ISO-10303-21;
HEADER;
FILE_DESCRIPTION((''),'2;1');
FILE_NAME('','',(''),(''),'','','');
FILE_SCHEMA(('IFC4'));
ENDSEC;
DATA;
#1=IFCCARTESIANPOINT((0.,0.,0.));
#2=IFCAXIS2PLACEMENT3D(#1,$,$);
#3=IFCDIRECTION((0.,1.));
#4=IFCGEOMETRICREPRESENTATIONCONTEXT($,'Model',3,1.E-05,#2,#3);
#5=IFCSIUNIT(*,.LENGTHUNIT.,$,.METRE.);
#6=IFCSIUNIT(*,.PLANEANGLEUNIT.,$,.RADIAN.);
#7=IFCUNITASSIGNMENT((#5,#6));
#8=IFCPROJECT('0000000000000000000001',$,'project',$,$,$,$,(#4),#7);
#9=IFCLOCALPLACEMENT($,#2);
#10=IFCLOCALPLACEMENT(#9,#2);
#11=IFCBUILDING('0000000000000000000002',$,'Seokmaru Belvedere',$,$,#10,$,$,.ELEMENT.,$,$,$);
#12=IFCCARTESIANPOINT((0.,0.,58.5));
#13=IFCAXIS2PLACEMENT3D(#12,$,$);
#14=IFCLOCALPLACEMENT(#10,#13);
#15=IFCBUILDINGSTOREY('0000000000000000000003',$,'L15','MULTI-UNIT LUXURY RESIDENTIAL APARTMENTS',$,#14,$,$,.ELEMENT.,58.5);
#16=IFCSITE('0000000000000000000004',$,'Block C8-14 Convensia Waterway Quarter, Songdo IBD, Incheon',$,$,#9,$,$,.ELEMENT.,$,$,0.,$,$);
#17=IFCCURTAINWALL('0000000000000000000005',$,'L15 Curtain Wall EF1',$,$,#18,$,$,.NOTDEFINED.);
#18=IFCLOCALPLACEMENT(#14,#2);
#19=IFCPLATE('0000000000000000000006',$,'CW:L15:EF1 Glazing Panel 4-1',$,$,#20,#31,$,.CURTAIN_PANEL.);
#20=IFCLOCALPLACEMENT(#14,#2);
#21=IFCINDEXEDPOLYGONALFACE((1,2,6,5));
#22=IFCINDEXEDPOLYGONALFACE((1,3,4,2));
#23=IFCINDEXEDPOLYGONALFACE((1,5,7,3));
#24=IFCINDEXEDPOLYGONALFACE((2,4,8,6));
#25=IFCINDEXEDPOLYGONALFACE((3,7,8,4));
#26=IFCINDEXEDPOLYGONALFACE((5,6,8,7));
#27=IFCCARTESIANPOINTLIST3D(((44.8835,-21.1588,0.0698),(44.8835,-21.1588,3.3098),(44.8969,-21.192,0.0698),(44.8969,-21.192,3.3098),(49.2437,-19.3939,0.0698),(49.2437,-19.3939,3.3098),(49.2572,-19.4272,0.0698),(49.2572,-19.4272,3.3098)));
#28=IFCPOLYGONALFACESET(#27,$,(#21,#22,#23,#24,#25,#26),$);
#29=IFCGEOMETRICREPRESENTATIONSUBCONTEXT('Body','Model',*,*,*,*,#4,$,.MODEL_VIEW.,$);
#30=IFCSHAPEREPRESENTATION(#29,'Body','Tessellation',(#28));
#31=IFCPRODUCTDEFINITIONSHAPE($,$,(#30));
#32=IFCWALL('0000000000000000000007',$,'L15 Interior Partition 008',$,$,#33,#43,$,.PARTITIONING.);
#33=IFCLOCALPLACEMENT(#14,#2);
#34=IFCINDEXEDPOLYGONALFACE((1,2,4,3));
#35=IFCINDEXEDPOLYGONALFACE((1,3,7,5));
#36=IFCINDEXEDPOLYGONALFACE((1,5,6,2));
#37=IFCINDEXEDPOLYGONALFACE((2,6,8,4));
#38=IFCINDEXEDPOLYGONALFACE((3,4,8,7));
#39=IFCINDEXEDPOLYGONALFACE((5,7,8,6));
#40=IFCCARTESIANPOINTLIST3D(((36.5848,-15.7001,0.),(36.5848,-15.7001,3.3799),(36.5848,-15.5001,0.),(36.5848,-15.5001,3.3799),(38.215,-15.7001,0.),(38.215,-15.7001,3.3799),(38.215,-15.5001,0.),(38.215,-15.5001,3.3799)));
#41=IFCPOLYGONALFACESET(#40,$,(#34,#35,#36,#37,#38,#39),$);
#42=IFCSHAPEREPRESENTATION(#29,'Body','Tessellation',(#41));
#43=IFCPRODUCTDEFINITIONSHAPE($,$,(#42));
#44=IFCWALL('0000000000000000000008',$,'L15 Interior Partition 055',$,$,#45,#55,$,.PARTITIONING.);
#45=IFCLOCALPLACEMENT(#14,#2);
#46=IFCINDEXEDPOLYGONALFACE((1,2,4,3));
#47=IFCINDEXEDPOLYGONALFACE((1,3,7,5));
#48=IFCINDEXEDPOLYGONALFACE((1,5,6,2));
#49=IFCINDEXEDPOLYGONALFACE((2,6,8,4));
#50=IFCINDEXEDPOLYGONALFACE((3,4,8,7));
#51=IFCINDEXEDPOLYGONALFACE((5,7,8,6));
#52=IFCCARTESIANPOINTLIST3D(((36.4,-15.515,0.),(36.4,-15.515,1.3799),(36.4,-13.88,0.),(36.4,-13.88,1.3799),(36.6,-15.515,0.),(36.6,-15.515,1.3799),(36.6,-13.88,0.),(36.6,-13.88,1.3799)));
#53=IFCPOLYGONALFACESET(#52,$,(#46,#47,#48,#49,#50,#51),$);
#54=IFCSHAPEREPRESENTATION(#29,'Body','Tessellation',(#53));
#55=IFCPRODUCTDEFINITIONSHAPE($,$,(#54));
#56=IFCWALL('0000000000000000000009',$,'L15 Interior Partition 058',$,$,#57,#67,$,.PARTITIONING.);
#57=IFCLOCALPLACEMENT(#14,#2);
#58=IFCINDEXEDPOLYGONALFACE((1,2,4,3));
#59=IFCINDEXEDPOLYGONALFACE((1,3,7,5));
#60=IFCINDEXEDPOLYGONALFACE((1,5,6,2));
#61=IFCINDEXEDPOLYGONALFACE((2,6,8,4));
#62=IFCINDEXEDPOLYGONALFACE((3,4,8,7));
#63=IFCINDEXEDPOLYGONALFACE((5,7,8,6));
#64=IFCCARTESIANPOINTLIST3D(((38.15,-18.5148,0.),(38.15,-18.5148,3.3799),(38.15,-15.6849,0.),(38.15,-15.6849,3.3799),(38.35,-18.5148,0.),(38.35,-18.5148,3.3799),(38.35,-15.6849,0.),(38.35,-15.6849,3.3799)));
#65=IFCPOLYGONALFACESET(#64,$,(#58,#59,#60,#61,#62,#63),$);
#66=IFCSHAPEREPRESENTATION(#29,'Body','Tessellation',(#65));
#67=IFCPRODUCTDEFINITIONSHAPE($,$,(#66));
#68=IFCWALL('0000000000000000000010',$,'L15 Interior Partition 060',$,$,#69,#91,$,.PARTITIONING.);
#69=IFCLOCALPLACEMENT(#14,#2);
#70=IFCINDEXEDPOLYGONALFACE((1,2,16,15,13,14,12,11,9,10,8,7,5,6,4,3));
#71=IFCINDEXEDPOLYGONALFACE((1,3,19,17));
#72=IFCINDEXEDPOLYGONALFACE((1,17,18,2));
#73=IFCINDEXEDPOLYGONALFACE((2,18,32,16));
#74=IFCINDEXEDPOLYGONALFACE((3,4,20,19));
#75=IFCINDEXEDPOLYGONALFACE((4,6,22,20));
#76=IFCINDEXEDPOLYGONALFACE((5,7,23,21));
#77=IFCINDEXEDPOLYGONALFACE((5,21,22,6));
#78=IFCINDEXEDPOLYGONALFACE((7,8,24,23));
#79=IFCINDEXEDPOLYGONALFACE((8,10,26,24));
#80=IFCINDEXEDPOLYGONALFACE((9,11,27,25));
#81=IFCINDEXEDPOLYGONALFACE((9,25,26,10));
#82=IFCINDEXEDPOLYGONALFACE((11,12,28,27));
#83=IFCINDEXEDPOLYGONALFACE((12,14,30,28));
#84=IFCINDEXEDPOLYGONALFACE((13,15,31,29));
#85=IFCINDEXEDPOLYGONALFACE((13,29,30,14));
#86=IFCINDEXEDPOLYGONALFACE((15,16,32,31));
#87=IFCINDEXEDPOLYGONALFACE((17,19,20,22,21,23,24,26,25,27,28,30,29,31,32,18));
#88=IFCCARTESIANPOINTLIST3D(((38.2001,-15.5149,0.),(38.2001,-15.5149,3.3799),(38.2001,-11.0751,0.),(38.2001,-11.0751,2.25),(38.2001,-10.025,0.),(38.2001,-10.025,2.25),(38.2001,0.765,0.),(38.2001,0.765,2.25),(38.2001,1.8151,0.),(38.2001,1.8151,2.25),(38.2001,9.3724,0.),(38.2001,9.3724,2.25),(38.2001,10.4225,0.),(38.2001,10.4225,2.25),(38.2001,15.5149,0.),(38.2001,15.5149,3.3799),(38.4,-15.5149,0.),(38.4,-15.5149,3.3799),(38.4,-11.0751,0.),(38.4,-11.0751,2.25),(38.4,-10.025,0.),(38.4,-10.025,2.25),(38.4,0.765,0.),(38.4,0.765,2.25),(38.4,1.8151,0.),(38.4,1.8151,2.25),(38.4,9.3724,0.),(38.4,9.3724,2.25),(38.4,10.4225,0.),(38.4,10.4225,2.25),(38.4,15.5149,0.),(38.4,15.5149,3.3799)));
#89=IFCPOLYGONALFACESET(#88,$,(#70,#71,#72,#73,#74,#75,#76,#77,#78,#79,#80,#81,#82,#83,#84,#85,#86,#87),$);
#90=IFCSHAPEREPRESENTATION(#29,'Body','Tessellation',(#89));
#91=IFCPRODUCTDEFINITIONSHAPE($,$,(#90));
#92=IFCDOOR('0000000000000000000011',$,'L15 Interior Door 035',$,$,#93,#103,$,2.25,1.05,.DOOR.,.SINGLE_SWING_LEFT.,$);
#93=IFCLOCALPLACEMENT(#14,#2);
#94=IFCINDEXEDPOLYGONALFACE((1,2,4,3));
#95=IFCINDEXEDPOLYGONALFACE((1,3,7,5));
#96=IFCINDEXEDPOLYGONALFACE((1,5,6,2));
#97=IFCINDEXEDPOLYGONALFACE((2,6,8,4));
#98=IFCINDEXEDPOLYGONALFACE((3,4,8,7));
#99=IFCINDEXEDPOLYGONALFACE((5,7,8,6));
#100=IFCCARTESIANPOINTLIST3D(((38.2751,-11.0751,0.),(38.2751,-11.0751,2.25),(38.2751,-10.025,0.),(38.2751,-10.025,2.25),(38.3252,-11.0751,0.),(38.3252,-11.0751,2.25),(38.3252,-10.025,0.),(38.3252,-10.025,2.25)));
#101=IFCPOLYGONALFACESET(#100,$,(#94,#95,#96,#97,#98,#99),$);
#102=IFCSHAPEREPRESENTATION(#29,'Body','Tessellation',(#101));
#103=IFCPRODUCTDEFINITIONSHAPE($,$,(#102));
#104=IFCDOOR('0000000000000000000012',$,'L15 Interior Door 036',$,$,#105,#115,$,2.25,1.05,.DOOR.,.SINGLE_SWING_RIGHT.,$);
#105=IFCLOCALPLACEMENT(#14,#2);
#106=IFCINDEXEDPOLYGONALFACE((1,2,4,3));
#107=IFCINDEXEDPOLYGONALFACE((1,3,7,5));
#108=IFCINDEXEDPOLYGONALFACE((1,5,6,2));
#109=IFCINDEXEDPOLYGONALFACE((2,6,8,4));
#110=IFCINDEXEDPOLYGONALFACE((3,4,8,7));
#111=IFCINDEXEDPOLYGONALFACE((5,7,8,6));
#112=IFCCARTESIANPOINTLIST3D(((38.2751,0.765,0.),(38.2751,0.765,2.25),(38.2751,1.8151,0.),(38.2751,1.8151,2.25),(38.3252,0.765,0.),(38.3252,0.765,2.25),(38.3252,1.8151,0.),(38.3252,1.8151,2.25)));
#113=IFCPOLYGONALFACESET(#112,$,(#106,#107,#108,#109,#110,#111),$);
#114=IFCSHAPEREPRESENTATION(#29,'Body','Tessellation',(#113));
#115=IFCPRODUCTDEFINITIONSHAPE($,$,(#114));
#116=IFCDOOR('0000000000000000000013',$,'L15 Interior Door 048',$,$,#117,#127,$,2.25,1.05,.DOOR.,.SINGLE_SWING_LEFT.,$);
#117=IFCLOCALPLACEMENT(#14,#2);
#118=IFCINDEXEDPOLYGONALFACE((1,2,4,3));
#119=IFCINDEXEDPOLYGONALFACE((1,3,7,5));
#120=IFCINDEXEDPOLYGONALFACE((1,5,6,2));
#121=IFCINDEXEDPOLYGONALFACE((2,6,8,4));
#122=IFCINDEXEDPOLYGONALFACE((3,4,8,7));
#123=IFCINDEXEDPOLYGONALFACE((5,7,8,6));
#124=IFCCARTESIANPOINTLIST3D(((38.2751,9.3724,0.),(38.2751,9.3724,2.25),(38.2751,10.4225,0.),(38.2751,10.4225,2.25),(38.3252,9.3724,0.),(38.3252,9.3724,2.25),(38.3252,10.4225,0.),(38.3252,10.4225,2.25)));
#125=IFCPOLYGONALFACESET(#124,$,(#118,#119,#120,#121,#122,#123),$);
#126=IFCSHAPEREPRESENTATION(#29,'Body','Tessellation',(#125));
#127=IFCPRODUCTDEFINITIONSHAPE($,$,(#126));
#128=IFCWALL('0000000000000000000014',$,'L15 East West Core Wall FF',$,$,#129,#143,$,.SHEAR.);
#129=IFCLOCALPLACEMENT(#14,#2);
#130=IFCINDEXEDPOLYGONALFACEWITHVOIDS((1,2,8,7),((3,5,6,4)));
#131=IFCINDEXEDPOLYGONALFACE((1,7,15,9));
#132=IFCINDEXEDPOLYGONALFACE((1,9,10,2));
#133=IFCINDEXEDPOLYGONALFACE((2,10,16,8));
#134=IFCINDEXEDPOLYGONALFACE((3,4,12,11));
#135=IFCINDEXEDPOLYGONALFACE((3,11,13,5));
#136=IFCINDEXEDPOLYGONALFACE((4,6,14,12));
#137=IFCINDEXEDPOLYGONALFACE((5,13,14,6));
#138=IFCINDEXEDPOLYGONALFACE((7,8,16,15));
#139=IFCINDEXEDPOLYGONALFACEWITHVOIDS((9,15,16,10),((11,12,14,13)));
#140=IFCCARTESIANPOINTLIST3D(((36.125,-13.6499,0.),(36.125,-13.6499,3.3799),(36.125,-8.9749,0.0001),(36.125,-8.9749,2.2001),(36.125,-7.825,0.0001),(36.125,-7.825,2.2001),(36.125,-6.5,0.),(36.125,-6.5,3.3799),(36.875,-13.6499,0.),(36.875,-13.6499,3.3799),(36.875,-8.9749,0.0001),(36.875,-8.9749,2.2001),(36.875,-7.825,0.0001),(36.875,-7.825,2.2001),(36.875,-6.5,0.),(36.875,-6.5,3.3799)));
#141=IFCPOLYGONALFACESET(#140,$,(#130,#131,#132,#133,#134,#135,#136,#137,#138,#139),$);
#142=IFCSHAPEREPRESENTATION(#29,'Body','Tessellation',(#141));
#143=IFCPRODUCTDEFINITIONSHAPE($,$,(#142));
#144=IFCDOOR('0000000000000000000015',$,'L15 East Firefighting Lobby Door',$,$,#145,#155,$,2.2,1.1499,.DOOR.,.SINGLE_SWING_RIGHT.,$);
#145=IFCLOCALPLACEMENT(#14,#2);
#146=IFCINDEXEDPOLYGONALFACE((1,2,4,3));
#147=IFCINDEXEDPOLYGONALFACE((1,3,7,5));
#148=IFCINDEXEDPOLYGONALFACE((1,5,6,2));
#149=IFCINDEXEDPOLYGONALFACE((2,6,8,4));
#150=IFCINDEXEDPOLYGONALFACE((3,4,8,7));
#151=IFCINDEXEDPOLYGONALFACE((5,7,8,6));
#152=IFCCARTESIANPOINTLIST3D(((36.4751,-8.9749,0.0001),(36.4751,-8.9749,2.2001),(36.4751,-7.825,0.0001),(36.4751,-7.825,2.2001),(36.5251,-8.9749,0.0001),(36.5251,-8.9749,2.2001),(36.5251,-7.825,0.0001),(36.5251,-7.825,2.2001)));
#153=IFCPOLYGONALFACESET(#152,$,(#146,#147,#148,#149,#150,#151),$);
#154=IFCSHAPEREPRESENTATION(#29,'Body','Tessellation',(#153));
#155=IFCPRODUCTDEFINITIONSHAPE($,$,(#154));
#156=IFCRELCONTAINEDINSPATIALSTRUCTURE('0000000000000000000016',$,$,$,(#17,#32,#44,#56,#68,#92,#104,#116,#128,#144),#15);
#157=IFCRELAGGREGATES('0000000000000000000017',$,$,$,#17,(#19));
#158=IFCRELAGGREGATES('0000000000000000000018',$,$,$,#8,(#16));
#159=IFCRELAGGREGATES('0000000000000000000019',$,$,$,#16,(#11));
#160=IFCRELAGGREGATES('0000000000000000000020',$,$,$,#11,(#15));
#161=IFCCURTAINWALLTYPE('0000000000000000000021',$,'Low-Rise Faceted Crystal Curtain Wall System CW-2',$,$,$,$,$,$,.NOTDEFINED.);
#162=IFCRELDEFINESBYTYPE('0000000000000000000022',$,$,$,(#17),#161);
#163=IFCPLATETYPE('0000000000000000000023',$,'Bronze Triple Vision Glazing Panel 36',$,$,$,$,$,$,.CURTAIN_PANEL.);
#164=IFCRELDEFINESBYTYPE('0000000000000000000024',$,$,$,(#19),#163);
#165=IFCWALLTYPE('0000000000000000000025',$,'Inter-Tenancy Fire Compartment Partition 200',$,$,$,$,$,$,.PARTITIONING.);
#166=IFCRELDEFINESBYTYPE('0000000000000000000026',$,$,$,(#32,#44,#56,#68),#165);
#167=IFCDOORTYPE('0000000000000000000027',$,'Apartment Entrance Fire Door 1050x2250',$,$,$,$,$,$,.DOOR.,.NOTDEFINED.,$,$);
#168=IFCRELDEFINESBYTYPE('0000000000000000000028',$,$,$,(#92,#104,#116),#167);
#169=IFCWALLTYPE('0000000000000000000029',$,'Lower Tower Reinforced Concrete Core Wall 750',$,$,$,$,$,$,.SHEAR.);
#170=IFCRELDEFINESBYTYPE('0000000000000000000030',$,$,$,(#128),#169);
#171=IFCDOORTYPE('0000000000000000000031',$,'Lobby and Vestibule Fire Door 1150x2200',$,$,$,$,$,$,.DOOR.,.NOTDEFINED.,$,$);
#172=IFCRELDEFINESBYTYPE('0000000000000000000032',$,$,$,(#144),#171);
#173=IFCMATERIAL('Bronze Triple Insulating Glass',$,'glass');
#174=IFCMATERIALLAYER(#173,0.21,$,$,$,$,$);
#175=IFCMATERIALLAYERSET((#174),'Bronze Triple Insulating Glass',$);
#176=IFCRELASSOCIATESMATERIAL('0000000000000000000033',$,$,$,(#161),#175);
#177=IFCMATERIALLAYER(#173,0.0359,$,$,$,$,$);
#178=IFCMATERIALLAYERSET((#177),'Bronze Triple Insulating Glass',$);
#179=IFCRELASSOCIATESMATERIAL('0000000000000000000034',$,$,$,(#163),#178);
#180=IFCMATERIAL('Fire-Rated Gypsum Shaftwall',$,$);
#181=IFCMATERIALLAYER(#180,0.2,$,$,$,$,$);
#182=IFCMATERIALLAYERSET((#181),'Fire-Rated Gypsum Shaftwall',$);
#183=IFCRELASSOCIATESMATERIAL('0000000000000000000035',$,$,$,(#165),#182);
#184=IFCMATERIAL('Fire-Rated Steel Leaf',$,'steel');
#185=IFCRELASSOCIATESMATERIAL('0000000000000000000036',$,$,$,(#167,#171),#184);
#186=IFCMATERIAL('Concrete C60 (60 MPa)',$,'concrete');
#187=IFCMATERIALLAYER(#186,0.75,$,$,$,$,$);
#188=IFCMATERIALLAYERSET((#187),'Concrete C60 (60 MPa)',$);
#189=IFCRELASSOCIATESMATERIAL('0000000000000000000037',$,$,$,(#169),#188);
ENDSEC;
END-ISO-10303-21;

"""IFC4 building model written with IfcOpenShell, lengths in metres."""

from ifc_helpers import new_model, si_unit, direction, frame, frame_2d, origin, origin_2d, place, context, subcontext, project, spatial, rectangle, extrude, source, transform, mapped, material, layer, layer_set, type_object, type_shapes, element, fill, aggregate, save


model = new_model("IFC4")

# Units and contexts
model_context = context("Model", 3, precision=1e-05, world=origin(), true_north=direction((0.0, 1.0)))
body_context = subcontext(model_context, "Body", "Model", "MODEL_VIEW")
ifc_project = project(units=[si_unit("LENGTHUNIT", "METRE"), si_unit("PLANEANGLEUNIT", "RADIAN")], contexts=[model_context])

# Site, building, storey
site_placement = place(None, origin())
site = spatial("IfcSite", under=ifc_project, at=site_placement, Name="Block C8-14 Convensia Waterway Quarter, Songdo IBD, Incheon", CompositionType="ELEMENT", RefElevation=0.0)
building_placement = place(site_placement, origin())
building = spatial("IfcBuilding", under=site, at=building_placement, Name="Seokmaru Belvedere", CompositionType="ELEMENT")
storey_placement = place(building_placement, frame((0.0, 0.0, 58.5)))
storey = spatial("IfcBuildingStorey", under=building, at=storey_placement, Name="L15", Description="MULTI-UNIT LUXURY RESIDENTIAL APARTMENTS", CompositionType="ELEMENT", Elevation=58.5)

# Curtain wall, plate
ifc_material_1 = material(Name="Bronze Triple Insulating Glass", Category="glass")
ifc_layer_1 = layer(ifc_material_1, 0.21)
ifc_layer_set_1 = layer_set([ifc_layer_1], Name="Bronze Triple Insulating Glass")
curtain_wall_type = type_object("IfcCurtainWallType", Name="Low-Rise Faceted Crystal Curtain Wall System CW-2", PredefinedType="NOTDEFINED", material=ifc_layer_set_1)
curtain_wall_placement = place(storey_placement, origin())
curtain_wall = element("IfcCurtainWall", 1, at=curtain_wall_placement, inside=storey, type_object=curtain_wall_type, Name="L15 Curtain Wall EF1", PredefinedType="NOTDEFINED")
ifc_layer_2 = layer(ifc_material_1, 0.0359)
ifc_layer_set_2 = layer_set([ifc_layer_2], Name="Bronze Triple Insulating Glass")
plate_type = type_object("IfcPlateType", Name="Bronze Triple Vision Glazing Panel 36", PredefinedType="CURTAIN_PANEL", material=ifc_layer_set_2)
shared_shape_1 = source(origin(), body_context, "Body", "SweptSolid", [
    extrude(rectangle(XDim=4.7039, YDim=0.0359, at=origin_2d()), origin(), (0.0, 0.0, 1.0), 3.24),
])
type_shapes(plate_type, [shared_shape_1])
plate_1_placement = place(storey_placement, frame((47.0703, -20.293, 0.0698), z_axis=(0.0, 0.0, 1.0), x_axis=(0.926947, 0.375192, 0.0)))
plate_1 = element("IfcPlate", 2, at=plate_1_placement, type_object=plate_type, Name="CW:L15:EF1 Glazing Panel 4-1", PredefinedType="CURTAIN_PANEL", context=body_context, shape_type="MappedRepresentation", body=[
    mapped(shared_shape_1, transform((0.0, 0.0, 0.0), scale=1.0)),
])
aggregate(curtain_wall, [plate_1])

# Walls
ifc_material_2 = material(Name="Fire-Rated Gypsum Shaftwall")
ifc_layer_3 = layer(ifc_material_2, 0.2)
ifc_layer_set_3 = layer_set([ifc_layer_3], Name="Fire-Rated Gypsum Shaftwall")
wall_type_1 = type_object("IfcWallType", Name="Inter-Tenancy Fire Compartment Partition 200", PredefinedType="PARTITIONING", material=ifc_layer_set_3)
wall_1_placement = place(storey_placement, frame((36.585, -15.6001, 0.0), z_axis=(0.0, 0.0, 1.0), x_axis=(1.0, 0.0, 0.0)))
element("IfcWall", 3, at=wall_1_placement, inside=storey, type_object=wall_type_1, Name="L15 Interior Partition 008", PredefinedType="PARTITIONING", context=body_context, shape_type="SweptSolid", body=[
    extrude(rectangle(XDim=1.6301, YDim=0.2, at=frame_2d((0.8149, 0.0))), origin(), (0.0, 0.0, 1.0), 3.3799),
])
wall_2_placement = place(storey_placement, frame((36.5, -15.5149, 0.0), z_axis=(0.0, 0.0, 1.0), x_axis=(0.0, 1.0, 0.0)))
element("IfcWall", 4, at=wall_2_placement, inside=storey, type_object=wall_type_1, Name="L15 Interior Partition 055", PredefinedType="PARTITIONING", context=body_context, shape_type="SweptSolid", body=[
    extrude(rectangle(XDim=1.635, YDim=0.2, at=frame_2d((0.8174, 0.0))), origin(), (0.0, 0.0, 1.0), 1.3799),
])
wall_3_placement = place(storey_placement, frame((38.25, -18.5149, 0.0), z_axis=(0.0, 0.0, 1.0), x_axis=(0.0, 1.0, 0.0)))
element("IfcWall", 5, at=wall_3_placement, inside=storey, type_object=wall_type_1, Name="L15 Interior Partition 058", PredefinedType="PARTITIONING", context=body_context, shape_type="SweptSolid", body=[
    extrude(rectangle(XDim=2.8298, YDim=0.2, at=frame_2d((1.415, 0.0))), origin(), (0.0, 0.0, 1.0), 3.3799),
])

# Wall, openings, doors
wall_4_placement = place(storey_placement, frame((38.3, -15.5149, 0.0), z_axis=(0.0, 0.0, 1.0), x_axis=(0.0, 1.0, 0.0)))
wall_4 = element("IfcWall", 6, at=wall_4_placement, inside=storey, type_object=wall_type_1, Name="L15 Interior Partition 060", PredefinedType="PARTITIONING", context=body_context, shape_type="SweptSolid", body=[
    extrude(rectangle(XDim=31.0298, YDim=0.2, at=frame_2d((15.5149, 0.0))), origin(), (0.0, 0.0, 1.0), 3.3799),
])
opening_1_placement = place(wall_4_placement, frame((4.4399, 0.0, 0.0)))
opening_1 = element("IfcOpeningElement", 7, at=opening_1_placement, cuts=wall_4, PredefinedType="OPENING", context=body_context, shape_type="SweptSolid", body=[
    extrude(rectangle(XDim=1.05, YDim=2.25, at=frame_2d((0.5249, 1.125))), frame((0.0, 0.1099, 0.0), z_axis=(0.0, -1.0, 0.0), x_axis=(1.0, 0.0, 0.0)), (0.0, 0.0, 1.0), 0.22),
])
opening_2_placement = place(wall_4_placement, frame((16.28, 0.0, 0.0)))
opening_2 = element("IfcOpeningElement", 8, at=opening_2_placement, cuts=wall_4, PredefinedType="OPENING", context=body_context, shape_type="SweptSolid", body=[
    extrude(rectangle(XDim=1.05, YDim=2.25, at=frame_2d((0.5249, 1.125))), frame((0.0, 0.1099, 0.0), z_axis=(0.0, -1.0, 0.0), x_axis=(1.0, 0.0, 0.0)), (0.0, 0.0, 1.0), 0.22),
])
opening_3_placement = place(wall_4_placement, frame((24.8875, 0.0, 0.0)))
opening_3 = element("IfcOpeningElement", 9, at=opening_3_placement, cuts=wall_4, PredefinedType="OPENING", context=body_context, shape_type="SweptSolid", body=[
    extrude(rectangle(XDim=1.05, YDim=2.25, at=frame_2d((0.5249, 1.125))), frame((0.0, 0.1099, 0.0), z_axis=(0.0, -1.0, 0.0), x_axis=(1.0, 0.0, 0.0)), (0.0, 0.0, 1.0), 0.22),
])
ifc_material_3 = material(Name="Fire-Rated Steel Leaf", Category="steel")
door_type_1 = type_object("IfcDoorType", Name="Apartment Entrance Fire Door 1050x2250", OperationType="NOTDEFINED", PredefinedType="DOOR", material=ifc_material_3)
shared_shape_2 = source(origin(), body_context, "Body", "SweptSolid", [
    extrude(rectangle(XDim=1.05, YDim=2.25, at=frame_2d((0.5249, 1.125))), frame((0.0, 0.0249, 0.0), z_axis=(0.0, -1.0, 0.0), x_axis=(1.0, 0.0, 0.0)), (0.0, 0.0, 1.0), 0.05),
])
type_shapes(door_type_1, [shared_shape_2])
door_1_placement = place(opening_1_placement, origin())
door_1 = element("IfcDoor", 10, at=door_1_placement, inside=storey, type_object=door_type_1, Name="L15 Interior Door 035", OperationType="SINGLE_SWING_LEFT", OverallHeight=2.25, OverallWidth=1.05, PredefinedType="DOOR", context=body_context, shape_type="MappedRepresentation", body=[
    mapped(shared_shape_2, transform((0.0, 0.0, 0.0), scale=1.0)),
])
fill(opening_1, door_1)
door_2_placement = place(opening_2_placement, origin())
door_2 = element("IfcDoor", 11, at=door_2_placement, inside=storey, type_object=door_type_1, Name="L15 Interior Door 036", OperationType="SINGLE_SWING_RIGHT", OverallHeight=2.25, OverallWidth=1.05, PredefinedType="DOOR", context=body_context, shape_type="MappedRepresentation", body=[
    mapped(shared_shape_2, transform((0.0, 0.0, 0.0), scale=1.0)),
])
fill(opening_2, door_2)
door_3_placement = place(opening_3_placement, origin())
door_3 = element("IfcDoor", 12, at=door_3_placement, inside=storey, type_object=door_type_1, Name="L15 Interior Door 048", OperationType="SINGLE_SWING_LEFT", OverallHeight=2.25, OverallWidth=1.05, PredefinedType="DOOR", context=body_context, shape_type="MappedRepresentation", body=[
    mapped(shared_shape_2, transform((0.0, 0.0, 0.0), scale=1.0)),
])
fill(opening_3, door_3)

# Wall, opening, door
ifc_material_4 = material(Name="Concrete C60 (60 MPa)", Category="concrete")
ifc_layer_4 = layer(ifc_material_4, 0.75)
ifc_layer_set_4 = layer_set([ifc_layer_4], Name="Concrete C60 (60 MPa)")
wall_type_2 = type_object("IfcWallType", Name="Lower Tower Reinforced Concrete Core Wall 750", PredefinedType="SHEAR", material=ifc_layer_set_4)
wall_5_placement = place(storey_placement, frame((36.5, -13.6499, 0.0), z_axis=(0.0, 0.0, 1.0), x_axis=(0.0, 1.0, 0.0)))
wall_5 = element("IfcWall", 13, at=wall_5_placement, inside=storey, type_object=wall_type_2, Name="L15 East West Core Wall FF", PredefinedType="SHEAR", context=body_context, shape_type="SweptSolid", body=[
    extrude(rectangle(XDim=7.1499, YDim=0.75, at=frame_2d((3.575, 0.0))), origin(), (0.0, 0.0, 1.0), 3.3799),
])
opening_4_placement = place(wall_5_placement, frame((4.675, 0.0, 0.0)))
opening_4 = element("IfcOpeningElement", 14, at=opening_4_placement, cuts=wall_5, PredefinedType="OPENING", context=body_context, shape_type="SweptSolid", body=[
    extrude(rectangle(XDim=1.1499, YDim=2.2, at=frame_2d((0.575, 1.1001))), frame((0.0, 0.385, 0.0), z_axis=(0.0, -1.0, 0.0), x_axis=(1.0, 0.0, 0.0)), (0.0, 0.0, 1.0), 0.77),
])
door_type_2 = type_object("IfcDoorType", Name="Lobby and Vestibule Fire Door 1150x2200", OperationType="NOTDEFINED", PredefinedType="DOOR", material=ifc_material_3)
shared_shape_3 = source(origin(), body_context, "Body", "SweptSolid", [
    extrude(rectangle(XDim=1.1499, YDim=2.2, at=frame_2d((0.575, 1.1001))), frame((0.0, 0.0249, 0.0), z_axis=(0.0, -1.0, 0.0), x_axis=(1.0, 0.0, 0.0)), (0.0, 0.0, 1.0), 0.05),
])
type_shapes(door_type_2, [shared_shape_3])
door_4_placement = place(opening_4_placement, origin())
door_4 = element("IfcDoor", 15, at=door_4_placement, inside=storey, type_object=door_type_2, Name="L15 East Firefighting Lobby Door", OperationType="SINGLE_SWING_RIGHT", OverallHeight=2.2, OverallWidth=1.1499, PredefinedType="DOOR", context=body_context, shape_type="MappedRepresentation", body=[
    mapped(shared_shape_3, transform((0.0, 0.0, 0.0), scale=1.0)),
])
fill(opening_4, door_4)

save(model, "model.ifc")
